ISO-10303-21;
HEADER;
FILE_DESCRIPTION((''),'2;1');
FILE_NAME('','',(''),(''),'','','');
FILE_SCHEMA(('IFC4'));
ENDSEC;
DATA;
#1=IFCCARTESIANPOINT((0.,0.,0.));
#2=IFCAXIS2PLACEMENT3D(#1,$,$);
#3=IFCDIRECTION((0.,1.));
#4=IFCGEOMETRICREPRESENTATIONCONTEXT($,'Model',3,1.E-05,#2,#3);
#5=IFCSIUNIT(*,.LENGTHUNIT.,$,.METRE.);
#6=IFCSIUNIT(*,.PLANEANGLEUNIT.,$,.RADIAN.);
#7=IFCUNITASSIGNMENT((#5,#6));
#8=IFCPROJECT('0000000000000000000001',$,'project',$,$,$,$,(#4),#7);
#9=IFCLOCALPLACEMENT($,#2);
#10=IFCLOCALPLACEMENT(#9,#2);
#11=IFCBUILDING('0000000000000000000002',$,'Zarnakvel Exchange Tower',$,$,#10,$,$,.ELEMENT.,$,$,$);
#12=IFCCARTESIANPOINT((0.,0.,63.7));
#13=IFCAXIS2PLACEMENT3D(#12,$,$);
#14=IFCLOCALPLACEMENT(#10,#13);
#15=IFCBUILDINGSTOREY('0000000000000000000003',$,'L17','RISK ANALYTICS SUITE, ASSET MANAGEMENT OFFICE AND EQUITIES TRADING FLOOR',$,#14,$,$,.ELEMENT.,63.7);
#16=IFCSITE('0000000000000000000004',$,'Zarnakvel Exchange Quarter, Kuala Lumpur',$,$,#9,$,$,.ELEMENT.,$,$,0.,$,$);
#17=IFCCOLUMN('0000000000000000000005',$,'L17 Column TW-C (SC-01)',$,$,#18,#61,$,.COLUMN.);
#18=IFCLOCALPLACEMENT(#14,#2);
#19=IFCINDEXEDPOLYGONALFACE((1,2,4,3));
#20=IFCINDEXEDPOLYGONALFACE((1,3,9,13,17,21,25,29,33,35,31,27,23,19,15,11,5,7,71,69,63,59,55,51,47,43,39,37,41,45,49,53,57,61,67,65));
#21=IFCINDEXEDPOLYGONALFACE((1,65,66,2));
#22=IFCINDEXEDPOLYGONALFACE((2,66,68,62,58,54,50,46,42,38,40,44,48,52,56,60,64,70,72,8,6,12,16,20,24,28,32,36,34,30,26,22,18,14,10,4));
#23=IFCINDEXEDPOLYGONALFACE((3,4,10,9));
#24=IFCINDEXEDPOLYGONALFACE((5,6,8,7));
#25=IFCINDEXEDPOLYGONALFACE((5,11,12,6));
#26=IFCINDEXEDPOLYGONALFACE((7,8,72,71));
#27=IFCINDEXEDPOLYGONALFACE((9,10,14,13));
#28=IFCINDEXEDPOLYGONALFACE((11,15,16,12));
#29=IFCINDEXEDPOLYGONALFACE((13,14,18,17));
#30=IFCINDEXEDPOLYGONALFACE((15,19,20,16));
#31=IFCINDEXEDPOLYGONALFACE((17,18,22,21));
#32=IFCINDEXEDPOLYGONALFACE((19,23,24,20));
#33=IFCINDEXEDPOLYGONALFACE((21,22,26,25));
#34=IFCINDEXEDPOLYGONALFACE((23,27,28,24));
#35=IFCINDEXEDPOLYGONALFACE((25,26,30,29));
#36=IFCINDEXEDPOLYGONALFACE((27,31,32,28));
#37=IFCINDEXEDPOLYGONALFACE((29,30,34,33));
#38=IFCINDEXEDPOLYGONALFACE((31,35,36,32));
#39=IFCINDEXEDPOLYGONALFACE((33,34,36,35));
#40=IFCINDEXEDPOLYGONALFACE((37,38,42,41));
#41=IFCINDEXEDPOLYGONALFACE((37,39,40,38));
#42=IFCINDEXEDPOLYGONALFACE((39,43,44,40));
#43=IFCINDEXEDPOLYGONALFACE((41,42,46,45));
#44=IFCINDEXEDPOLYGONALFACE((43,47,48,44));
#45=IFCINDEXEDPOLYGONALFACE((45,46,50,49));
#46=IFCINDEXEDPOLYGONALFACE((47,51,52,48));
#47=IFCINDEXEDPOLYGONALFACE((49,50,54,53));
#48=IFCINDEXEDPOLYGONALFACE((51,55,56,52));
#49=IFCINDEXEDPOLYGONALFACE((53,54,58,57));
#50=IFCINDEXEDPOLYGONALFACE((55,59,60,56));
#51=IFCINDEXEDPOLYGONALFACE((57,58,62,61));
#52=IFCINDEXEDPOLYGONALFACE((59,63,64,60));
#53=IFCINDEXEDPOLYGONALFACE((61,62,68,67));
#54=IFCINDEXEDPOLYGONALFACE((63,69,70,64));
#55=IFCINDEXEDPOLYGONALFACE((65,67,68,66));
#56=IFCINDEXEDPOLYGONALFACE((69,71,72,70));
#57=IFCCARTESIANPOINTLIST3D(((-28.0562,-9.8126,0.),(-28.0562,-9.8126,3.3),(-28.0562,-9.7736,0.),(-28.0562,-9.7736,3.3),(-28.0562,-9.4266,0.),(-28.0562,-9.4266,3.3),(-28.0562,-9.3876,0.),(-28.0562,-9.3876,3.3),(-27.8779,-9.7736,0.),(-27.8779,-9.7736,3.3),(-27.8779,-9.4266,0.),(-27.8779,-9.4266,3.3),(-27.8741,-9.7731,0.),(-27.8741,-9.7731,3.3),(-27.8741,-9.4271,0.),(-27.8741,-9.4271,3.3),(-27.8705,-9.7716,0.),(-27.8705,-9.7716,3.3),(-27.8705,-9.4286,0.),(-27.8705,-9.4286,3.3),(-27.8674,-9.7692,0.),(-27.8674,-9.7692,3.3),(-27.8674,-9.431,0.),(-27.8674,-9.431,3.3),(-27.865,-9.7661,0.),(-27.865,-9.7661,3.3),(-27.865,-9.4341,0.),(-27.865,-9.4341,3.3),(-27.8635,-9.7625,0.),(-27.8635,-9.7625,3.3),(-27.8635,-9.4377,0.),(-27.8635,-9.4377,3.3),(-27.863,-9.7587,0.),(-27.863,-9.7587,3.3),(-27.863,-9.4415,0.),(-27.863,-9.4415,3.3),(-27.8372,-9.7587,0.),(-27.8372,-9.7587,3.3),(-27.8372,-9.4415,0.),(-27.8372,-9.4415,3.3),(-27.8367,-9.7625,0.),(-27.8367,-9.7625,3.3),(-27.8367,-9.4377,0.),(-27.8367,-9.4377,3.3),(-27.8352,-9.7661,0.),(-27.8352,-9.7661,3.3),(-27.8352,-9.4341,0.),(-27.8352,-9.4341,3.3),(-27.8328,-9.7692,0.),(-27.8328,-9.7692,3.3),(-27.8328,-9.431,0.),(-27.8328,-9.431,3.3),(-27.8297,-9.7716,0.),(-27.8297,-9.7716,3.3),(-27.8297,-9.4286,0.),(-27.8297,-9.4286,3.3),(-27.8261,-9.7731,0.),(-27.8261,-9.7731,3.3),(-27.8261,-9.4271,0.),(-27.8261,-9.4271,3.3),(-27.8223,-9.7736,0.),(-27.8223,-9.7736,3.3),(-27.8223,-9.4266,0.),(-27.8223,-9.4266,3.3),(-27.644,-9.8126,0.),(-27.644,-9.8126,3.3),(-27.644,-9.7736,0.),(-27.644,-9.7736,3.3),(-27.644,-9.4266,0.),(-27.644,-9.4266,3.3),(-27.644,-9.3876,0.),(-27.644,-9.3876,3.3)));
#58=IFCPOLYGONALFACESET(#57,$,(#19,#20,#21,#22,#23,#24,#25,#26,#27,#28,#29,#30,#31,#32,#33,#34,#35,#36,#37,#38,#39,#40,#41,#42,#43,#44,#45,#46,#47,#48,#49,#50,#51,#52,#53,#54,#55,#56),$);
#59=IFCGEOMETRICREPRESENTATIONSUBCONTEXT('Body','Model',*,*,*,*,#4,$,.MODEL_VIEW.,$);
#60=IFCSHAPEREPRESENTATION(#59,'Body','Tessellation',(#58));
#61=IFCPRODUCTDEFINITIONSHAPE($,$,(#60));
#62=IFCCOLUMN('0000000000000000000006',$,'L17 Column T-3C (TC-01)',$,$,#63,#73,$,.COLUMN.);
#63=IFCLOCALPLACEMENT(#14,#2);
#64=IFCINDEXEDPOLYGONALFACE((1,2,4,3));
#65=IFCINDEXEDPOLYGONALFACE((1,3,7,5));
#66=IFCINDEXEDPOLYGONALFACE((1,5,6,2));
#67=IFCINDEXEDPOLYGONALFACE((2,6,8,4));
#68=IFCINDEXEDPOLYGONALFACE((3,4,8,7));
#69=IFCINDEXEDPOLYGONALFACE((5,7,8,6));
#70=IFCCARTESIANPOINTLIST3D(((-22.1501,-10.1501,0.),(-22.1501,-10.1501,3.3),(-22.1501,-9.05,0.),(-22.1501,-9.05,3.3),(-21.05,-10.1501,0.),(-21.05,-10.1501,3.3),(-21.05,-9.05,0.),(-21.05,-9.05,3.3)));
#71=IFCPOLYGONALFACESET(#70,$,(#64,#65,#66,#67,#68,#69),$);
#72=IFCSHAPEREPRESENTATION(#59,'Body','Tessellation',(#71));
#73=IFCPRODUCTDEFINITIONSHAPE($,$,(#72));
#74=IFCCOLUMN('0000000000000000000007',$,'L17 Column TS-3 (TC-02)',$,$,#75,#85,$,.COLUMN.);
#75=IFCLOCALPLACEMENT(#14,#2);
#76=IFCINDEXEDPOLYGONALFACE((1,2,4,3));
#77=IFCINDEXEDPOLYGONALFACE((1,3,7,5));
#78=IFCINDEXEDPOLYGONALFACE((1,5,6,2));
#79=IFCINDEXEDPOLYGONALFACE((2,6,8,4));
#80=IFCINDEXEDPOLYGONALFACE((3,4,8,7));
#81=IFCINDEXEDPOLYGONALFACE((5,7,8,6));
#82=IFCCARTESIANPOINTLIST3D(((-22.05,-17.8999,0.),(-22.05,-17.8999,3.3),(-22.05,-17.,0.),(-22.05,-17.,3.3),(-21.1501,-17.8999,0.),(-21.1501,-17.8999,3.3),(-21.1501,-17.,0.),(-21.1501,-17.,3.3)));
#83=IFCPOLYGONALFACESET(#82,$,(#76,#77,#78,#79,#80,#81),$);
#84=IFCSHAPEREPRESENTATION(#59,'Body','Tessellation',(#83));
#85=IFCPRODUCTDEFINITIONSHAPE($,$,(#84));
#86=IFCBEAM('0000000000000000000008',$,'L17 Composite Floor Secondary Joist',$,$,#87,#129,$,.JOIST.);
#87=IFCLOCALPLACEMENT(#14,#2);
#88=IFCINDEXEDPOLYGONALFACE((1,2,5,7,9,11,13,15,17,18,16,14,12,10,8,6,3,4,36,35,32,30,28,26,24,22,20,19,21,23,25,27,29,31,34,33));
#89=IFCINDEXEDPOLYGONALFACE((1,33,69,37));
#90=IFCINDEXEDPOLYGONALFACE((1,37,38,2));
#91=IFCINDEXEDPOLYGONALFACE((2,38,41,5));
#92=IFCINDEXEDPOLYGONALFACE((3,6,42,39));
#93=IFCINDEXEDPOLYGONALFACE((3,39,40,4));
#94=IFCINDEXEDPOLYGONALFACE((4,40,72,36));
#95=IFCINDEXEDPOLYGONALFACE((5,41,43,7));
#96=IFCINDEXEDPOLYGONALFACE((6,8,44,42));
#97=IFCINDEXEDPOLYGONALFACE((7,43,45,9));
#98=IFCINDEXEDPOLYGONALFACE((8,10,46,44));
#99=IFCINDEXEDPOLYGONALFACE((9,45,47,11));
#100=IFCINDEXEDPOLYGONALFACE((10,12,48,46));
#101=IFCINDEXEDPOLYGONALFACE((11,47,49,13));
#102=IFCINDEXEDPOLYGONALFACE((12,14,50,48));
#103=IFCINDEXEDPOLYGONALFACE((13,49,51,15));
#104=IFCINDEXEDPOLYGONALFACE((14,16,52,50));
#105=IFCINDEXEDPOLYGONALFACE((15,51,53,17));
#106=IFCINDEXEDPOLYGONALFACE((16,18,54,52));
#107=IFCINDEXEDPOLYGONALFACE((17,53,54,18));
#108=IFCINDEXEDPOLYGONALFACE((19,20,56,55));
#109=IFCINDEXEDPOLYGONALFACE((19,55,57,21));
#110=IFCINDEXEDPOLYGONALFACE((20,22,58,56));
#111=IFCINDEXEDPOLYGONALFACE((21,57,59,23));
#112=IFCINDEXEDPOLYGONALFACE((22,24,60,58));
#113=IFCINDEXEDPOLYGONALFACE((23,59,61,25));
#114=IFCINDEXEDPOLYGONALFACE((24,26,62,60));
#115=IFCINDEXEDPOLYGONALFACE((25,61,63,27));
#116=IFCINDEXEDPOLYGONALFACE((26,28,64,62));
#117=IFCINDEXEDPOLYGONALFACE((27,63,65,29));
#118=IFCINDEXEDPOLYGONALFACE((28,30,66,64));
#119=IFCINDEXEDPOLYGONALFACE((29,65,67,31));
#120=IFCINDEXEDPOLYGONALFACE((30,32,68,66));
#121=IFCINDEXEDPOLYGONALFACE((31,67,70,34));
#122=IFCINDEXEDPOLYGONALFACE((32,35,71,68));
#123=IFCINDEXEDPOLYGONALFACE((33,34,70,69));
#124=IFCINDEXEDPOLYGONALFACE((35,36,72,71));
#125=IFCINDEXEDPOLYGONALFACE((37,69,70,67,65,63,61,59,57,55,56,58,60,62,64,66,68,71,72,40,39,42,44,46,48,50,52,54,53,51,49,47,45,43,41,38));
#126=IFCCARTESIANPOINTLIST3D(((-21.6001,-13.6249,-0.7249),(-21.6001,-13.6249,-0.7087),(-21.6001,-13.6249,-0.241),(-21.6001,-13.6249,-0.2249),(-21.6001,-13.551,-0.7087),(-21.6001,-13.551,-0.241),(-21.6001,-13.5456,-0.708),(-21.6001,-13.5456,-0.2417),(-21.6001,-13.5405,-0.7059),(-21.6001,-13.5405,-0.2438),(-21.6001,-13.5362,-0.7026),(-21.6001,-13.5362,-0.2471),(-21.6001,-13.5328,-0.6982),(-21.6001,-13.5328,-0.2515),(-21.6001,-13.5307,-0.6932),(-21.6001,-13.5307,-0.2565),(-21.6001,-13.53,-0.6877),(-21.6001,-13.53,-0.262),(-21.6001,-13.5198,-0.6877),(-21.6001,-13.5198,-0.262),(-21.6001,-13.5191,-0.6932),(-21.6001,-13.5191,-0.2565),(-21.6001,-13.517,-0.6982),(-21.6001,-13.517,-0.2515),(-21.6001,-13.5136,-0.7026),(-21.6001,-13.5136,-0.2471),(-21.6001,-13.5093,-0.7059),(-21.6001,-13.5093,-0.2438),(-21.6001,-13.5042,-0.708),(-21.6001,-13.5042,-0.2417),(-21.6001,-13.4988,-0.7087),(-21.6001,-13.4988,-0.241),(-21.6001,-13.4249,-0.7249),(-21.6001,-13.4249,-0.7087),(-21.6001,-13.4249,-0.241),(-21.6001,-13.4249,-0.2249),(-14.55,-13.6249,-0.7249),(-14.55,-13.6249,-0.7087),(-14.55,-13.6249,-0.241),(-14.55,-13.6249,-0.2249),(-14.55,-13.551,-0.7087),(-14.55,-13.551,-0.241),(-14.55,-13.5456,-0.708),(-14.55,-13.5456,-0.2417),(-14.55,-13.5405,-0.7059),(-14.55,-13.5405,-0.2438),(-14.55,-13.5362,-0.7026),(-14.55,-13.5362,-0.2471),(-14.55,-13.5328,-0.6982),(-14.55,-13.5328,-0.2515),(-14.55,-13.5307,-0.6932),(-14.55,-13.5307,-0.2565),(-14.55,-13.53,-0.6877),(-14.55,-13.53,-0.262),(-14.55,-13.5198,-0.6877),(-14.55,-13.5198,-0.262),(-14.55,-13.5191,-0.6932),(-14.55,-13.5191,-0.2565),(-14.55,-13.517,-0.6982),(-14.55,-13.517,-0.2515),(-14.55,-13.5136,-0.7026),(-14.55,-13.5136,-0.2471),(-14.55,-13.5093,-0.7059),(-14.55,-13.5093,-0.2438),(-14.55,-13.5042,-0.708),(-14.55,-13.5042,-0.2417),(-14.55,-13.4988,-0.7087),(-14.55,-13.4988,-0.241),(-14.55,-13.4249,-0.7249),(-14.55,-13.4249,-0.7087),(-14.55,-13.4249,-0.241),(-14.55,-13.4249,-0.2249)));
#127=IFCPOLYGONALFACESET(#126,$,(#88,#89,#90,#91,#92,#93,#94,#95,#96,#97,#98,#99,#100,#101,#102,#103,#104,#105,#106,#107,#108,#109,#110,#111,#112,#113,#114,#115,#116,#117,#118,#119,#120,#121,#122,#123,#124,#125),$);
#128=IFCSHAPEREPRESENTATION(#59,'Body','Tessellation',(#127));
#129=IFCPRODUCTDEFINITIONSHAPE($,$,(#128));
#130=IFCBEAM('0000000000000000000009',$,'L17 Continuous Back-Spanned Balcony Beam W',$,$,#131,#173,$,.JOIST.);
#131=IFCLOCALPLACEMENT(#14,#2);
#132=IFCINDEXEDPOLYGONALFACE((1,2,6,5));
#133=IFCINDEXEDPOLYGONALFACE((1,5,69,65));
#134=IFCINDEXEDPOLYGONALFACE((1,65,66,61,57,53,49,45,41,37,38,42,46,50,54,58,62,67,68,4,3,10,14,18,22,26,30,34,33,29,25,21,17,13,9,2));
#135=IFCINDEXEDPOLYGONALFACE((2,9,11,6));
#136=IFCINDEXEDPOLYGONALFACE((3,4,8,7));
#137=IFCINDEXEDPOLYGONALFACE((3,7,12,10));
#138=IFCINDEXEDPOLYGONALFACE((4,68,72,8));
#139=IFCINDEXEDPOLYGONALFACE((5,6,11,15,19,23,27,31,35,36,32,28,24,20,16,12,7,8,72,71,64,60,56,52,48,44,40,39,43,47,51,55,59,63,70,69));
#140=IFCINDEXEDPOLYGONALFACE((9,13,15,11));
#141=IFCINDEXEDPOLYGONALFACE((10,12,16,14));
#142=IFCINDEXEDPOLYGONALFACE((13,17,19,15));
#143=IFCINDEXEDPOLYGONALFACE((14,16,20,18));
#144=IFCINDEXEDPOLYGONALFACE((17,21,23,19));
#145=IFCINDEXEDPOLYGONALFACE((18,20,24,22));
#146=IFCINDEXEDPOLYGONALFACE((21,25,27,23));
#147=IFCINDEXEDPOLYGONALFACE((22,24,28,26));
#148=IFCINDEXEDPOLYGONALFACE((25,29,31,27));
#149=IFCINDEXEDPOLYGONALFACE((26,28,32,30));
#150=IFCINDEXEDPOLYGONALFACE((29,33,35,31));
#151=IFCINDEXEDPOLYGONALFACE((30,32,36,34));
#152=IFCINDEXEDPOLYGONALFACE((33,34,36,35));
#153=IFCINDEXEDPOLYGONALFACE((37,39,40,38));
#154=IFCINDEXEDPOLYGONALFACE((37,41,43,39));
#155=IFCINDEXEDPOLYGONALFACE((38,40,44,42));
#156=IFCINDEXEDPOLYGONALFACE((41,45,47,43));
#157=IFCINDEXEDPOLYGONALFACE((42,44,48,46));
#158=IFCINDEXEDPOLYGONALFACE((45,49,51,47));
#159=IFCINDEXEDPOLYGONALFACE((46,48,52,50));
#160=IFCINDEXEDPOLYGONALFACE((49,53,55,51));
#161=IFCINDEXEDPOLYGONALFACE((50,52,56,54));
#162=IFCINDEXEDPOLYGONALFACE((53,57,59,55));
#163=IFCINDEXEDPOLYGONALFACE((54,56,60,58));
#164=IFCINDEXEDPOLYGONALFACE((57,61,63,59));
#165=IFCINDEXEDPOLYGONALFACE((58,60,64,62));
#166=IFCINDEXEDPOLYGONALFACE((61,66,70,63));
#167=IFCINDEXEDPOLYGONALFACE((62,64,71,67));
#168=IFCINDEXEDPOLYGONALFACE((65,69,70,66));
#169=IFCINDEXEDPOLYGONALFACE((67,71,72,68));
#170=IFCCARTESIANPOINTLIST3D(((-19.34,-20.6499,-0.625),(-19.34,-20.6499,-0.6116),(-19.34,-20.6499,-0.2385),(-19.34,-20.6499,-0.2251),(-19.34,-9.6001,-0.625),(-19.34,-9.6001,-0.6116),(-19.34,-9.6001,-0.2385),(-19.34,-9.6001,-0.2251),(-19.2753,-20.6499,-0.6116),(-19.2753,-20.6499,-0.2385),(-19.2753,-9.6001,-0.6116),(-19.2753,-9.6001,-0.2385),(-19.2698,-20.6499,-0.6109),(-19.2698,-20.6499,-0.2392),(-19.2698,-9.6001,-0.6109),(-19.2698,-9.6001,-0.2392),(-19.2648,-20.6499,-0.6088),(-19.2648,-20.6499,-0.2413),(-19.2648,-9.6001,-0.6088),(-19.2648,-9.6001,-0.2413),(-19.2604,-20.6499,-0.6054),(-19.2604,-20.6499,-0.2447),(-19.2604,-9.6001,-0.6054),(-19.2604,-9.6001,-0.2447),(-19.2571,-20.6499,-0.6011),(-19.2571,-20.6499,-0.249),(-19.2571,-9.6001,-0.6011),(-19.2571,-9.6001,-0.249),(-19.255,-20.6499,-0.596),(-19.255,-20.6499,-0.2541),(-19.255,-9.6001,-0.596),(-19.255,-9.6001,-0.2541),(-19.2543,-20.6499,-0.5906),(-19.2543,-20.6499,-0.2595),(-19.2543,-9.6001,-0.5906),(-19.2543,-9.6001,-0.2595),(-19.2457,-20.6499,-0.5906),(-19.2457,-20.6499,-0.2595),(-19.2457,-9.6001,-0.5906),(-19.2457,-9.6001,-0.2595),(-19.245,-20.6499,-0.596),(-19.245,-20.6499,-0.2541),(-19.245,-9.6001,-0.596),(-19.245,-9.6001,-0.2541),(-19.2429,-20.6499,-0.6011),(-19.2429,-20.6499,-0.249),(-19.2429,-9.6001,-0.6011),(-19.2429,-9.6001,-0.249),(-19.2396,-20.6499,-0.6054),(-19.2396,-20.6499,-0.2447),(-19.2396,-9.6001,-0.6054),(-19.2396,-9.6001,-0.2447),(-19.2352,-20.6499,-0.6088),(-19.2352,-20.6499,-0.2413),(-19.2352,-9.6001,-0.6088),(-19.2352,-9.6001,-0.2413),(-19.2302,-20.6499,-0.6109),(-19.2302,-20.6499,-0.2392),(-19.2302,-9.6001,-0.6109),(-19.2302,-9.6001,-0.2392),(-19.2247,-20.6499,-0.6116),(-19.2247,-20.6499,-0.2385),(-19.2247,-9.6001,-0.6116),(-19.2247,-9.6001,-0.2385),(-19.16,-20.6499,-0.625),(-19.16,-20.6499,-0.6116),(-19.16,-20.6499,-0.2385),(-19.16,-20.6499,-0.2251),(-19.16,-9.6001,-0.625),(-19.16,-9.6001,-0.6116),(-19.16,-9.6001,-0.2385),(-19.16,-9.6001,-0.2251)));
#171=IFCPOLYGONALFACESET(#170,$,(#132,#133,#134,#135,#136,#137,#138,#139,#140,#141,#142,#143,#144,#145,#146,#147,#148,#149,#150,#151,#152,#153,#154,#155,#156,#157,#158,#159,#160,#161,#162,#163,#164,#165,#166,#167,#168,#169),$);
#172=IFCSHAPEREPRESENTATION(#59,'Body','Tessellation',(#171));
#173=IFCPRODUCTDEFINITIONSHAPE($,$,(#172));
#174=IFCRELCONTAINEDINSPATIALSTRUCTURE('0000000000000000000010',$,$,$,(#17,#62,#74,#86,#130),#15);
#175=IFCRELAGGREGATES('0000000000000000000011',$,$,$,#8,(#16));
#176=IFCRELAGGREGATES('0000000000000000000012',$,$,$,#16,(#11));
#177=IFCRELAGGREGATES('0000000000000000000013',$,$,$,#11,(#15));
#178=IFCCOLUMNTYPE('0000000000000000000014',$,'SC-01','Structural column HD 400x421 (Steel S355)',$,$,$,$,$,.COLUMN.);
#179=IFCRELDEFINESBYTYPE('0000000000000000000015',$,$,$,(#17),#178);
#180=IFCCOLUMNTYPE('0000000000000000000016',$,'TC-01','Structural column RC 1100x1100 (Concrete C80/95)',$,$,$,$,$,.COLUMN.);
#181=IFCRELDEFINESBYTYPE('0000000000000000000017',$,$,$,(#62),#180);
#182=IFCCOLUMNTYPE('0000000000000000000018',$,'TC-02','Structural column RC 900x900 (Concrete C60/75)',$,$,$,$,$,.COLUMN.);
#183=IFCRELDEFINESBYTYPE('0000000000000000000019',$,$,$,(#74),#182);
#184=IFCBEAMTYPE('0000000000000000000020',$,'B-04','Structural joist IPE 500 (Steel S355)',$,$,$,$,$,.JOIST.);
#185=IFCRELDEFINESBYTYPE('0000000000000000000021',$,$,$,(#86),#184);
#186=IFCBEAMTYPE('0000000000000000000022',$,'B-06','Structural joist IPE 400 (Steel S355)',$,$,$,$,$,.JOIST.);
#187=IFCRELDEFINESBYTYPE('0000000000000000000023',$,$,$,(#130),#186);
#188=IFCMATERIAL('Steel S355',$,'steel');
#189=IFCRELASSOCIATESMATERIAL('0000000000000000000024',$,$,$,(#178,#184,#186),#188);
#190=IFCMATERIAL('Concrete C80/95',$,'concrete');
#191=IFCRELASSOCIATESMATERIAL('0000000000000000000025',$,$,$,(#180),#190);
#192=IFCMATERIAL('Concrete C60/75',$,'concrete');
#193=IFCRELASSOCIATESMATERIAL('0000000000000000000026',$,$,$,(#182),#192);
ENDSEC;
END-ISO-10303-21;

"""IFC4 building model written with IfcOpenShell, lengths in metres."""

from ifc_helpers import new_model, si_unit, direction, frame, origin, origin_2d, place, context, subcontext, project, spatial, rectangle, i_section, extrude, material, material_profile, profile_set, type_object, element, save


model = new_model("IFC4")

# Units and contexts
model_context = context("Model", 3, precision=1e-05, world=origin(), true_north=direction((0.0, 1.0)))
body_context = subcontext(model_context, "Body", "Model", "MODEL_VIEW")
ifc_project = project(units=[si_unit("LENGTHUNIT", "METRE"), si_unit("PLANEANGLEUNIT", "RADIAN")], contexts=[model_context])

# Site, building, storey
site_placement = place(None, origin())
site = spatial("IfcSite", under=ifc_project, at=site_placement, Name="Zarnakvel Exchange Quarter, Kuala Lumpur", CompositionType="ELEMENT", RefElevation=0.0)
building_placement = place(site_placement, origin())
building = spatial("IfcBuilding", under=site, at=building_placement, Name="Zarnakvel Exchange Tower", CompositionType="ELEMENT")
storey_placement = place(building_placement, frame((0.0, 0.0, 63.7)))
storey = spatial("IfcBuildingStorey", under=building, at=storey_placement, Name="L17", Description="RISK ANALYTICS SUITE, ASSET MANAGEMENT OFFICE AND EQUITIES TRADING FLOOR", CompositionType="ELEMENT", Elevation=63.7)

# Columns
ifc_material_1 = material(Name="Steel S355", Category="steel")
ifc_material_profile_1 = material_profile(ifc_material_1, i_section(OverallWidth=0.4121, OverallDepth=0.425, WebThickness=0.0259, FlangeThickness=0.0391, FilletRadius=0.0149, at=origin_2d()))
ifc_profile_set_1 = profile_set([ifc_material_profile_1], Name="Steel S355")
column_type_1 = type_object("IfcColumnType", Name="SC-01", Description="Structural column HD 400x421 (Steel S355)", PredefinedType="COLUMN", material=ifc_profile_set_1)
column_1_placement = place(storey_placement, frame((-27.8501, -9.6001, 0.0), z_axis=(0.0, 0.0, 1.0), x_axis=(1.0, 0.0, 0.0)))
element("IfcColumn", 1, at=column_1_placement, inside=storey, type_object=column_type_1, Name="L17 Column TW-C (SC-01)", PredefinedType="COLUMN", context=body_context, shape_type="SweptSolid", body=[
    extrude(i_section(OverallWidth=0.4121, OverallDepth=0.425, WebThickness=0.0259, FlangeThickness=0.0391, FilletRadius=0.0149, at=origin_2d()), origin(), (0.0, 0.0, 1.0), 3.3),
])
ifc_material_2 = material(Name="Concrete C80/95", Category="concrete")
ifc_material_profile_2 = material_profile(ifc_material_2, rectangle(XDim=1.1001, YDim=1.1001, at=origin_2d()))
ifc_profile_set_2 = profile_set([ifc_material_profile_2], Name="Concrete C80/95")
column_type_2 = type_object("IfcColumnType", Name="TC-01", Description="Structural column RC 1100x1100 (Concrete C80/95)", PredefinedType="COLUMN", material=ifc_profile_set_2)
column_2_placement = place(storey_placement, frame((-21.6001, -9.6001, 0.0), z_axis=(0.0, 0.0, 1.0), x_axis=(1.0, 0.0, 0.0)))
element("IfcColumn", 2, at=column_2_placement, inside=storey, type_object=column_type_2, Name="L17 Column T-3C (TC-01)", PredefinedType="COLUMN", context=body_context, shape_type="SweptSolid", body=[
    extrude(rectangle(XDim=1.1001, YDim=1.1001, at=origin_2d()), origin(), (0.0, 0.0, 1.0), 3.3),
])
ifc_material_3 = material(Name="Concrete C60/75", Category="concrete")
ifc_material_profile_3 = material_profile(ifc_material_3, rectangle(XDim=0.8999, YDim=0.8999, at=origin_2d()))
ifc_profile_set_3 = profile_set([ifc_material_profile_3], Name="Concrete C60/75")
column_type_3 = type_object("IfcColumnType", Name="TC-02", Description="Structural column RC 900x900 (Concrete C60/75)", PredefinedType="COLUMN", material=ifc_profile_set_3)
column_3_placement = place(storey_placement, frame((-21.6001, -17.45, 0.0), z_axis=(0.0, 0.0, 1.0), x_axis=(1.0, 0.0, 0.0)))
element("IfcColumn", 3, at=column_3_placement, inside=storey, type_object=column_type_3, Name="L17 Column TS-3 (TC-02)", PredefinedType="COLUMN", context=body_context, shape_type="SweptSolid", body=[
    extrude(rectangle(XDim=0.8999, YDim=0.8999, at=origin_2d()), origin(), (0.0, 0.0, 1.0), 3.3),
])

# Beams
ifc_material_profile_4 = material_profile(ifc_material_1, i_section(OverallWidth=0.2, OverallDepth=0.5, WebThickness=0.0103, FlangeThickness=0.0161, FilletRadius=0.021, at=origin_2d()))
ifc_profile_set_4 = profile_set([ifc_material_profile_4], Name="Steel S355")
beam_type_1 = type_object("IfcBeamType", Name="B-04", Description="Structural joist IPE 500 (Steel S355)", PredefinedType="JOIST", material=ifc_profile_set_4)
beam_1_placement = place(storey_placement, frame((-21.6001, -13.5249, -0.4749), z_axis=(1.0, 0.0, 0.0), x_axis=(0.0, 1.0, 0.0)))
element("IfcBeam", 4, at=beam_1_placement, inside=storey, type_object=beam_type_1, Name="L17 Composite Floor Secondary Joist", PredefinedType="JOIST", context=body_context, shape_type="SweptSolid", body=[
    extrude(i_section(OverallWidth=0.2, OverallDepth=0.5, WebThickness=0.0103, FlangeThickness=0.0161, FilletRadius=0.021, at=origin_2d()), origin(), (0.0, 0.0, 1.0), 7.05),
])
ifc_material_profile_5 = material_profile(ifc_material_1, i_section(OverallWidth=0.1799, OverallDepth=0.3999, WebThickness=0.0085, FlangeThickness=0.0134, FilletRadius=0.021, at=origin_2d()))
ifc_profile_set_5 = profile_set([ifc_material_profile_5], Name="Steel S355")
beam_type_2 = type_object("IfcBeamType", Name="B-06", Description="Structural joist IPE 400 (Steel S355)", PredefinedType="JOIST", material=ifc_profile_set_5)
beam_2_placement = place(storey_placement, frame((-19.25, -9.6001, -0.425), z_axis=(0.0, -1.0, 0.0), x_axis=(1.0, 0.0, 0.0)))
element("IfcBeam", 5, at=beam_2_placement, inside=storey, type_object=beam_type_2, Name="L17 Continuous Back-Spanned Balcony Beam W", PredefinedType="JOIST", context=body_context, shape_type="SweptSolid", body=[
    extrude(i_section(OverallWidth=0.1799, OverallDepth=0.3999, WebThickness=0.0085, FlangeThickness=0.0134, FilletRadius=0.021, at=origin_2d()), origin(), (0.0, 0.0, 1.0), 11.0498),
])

save(model, "model.ifc")
